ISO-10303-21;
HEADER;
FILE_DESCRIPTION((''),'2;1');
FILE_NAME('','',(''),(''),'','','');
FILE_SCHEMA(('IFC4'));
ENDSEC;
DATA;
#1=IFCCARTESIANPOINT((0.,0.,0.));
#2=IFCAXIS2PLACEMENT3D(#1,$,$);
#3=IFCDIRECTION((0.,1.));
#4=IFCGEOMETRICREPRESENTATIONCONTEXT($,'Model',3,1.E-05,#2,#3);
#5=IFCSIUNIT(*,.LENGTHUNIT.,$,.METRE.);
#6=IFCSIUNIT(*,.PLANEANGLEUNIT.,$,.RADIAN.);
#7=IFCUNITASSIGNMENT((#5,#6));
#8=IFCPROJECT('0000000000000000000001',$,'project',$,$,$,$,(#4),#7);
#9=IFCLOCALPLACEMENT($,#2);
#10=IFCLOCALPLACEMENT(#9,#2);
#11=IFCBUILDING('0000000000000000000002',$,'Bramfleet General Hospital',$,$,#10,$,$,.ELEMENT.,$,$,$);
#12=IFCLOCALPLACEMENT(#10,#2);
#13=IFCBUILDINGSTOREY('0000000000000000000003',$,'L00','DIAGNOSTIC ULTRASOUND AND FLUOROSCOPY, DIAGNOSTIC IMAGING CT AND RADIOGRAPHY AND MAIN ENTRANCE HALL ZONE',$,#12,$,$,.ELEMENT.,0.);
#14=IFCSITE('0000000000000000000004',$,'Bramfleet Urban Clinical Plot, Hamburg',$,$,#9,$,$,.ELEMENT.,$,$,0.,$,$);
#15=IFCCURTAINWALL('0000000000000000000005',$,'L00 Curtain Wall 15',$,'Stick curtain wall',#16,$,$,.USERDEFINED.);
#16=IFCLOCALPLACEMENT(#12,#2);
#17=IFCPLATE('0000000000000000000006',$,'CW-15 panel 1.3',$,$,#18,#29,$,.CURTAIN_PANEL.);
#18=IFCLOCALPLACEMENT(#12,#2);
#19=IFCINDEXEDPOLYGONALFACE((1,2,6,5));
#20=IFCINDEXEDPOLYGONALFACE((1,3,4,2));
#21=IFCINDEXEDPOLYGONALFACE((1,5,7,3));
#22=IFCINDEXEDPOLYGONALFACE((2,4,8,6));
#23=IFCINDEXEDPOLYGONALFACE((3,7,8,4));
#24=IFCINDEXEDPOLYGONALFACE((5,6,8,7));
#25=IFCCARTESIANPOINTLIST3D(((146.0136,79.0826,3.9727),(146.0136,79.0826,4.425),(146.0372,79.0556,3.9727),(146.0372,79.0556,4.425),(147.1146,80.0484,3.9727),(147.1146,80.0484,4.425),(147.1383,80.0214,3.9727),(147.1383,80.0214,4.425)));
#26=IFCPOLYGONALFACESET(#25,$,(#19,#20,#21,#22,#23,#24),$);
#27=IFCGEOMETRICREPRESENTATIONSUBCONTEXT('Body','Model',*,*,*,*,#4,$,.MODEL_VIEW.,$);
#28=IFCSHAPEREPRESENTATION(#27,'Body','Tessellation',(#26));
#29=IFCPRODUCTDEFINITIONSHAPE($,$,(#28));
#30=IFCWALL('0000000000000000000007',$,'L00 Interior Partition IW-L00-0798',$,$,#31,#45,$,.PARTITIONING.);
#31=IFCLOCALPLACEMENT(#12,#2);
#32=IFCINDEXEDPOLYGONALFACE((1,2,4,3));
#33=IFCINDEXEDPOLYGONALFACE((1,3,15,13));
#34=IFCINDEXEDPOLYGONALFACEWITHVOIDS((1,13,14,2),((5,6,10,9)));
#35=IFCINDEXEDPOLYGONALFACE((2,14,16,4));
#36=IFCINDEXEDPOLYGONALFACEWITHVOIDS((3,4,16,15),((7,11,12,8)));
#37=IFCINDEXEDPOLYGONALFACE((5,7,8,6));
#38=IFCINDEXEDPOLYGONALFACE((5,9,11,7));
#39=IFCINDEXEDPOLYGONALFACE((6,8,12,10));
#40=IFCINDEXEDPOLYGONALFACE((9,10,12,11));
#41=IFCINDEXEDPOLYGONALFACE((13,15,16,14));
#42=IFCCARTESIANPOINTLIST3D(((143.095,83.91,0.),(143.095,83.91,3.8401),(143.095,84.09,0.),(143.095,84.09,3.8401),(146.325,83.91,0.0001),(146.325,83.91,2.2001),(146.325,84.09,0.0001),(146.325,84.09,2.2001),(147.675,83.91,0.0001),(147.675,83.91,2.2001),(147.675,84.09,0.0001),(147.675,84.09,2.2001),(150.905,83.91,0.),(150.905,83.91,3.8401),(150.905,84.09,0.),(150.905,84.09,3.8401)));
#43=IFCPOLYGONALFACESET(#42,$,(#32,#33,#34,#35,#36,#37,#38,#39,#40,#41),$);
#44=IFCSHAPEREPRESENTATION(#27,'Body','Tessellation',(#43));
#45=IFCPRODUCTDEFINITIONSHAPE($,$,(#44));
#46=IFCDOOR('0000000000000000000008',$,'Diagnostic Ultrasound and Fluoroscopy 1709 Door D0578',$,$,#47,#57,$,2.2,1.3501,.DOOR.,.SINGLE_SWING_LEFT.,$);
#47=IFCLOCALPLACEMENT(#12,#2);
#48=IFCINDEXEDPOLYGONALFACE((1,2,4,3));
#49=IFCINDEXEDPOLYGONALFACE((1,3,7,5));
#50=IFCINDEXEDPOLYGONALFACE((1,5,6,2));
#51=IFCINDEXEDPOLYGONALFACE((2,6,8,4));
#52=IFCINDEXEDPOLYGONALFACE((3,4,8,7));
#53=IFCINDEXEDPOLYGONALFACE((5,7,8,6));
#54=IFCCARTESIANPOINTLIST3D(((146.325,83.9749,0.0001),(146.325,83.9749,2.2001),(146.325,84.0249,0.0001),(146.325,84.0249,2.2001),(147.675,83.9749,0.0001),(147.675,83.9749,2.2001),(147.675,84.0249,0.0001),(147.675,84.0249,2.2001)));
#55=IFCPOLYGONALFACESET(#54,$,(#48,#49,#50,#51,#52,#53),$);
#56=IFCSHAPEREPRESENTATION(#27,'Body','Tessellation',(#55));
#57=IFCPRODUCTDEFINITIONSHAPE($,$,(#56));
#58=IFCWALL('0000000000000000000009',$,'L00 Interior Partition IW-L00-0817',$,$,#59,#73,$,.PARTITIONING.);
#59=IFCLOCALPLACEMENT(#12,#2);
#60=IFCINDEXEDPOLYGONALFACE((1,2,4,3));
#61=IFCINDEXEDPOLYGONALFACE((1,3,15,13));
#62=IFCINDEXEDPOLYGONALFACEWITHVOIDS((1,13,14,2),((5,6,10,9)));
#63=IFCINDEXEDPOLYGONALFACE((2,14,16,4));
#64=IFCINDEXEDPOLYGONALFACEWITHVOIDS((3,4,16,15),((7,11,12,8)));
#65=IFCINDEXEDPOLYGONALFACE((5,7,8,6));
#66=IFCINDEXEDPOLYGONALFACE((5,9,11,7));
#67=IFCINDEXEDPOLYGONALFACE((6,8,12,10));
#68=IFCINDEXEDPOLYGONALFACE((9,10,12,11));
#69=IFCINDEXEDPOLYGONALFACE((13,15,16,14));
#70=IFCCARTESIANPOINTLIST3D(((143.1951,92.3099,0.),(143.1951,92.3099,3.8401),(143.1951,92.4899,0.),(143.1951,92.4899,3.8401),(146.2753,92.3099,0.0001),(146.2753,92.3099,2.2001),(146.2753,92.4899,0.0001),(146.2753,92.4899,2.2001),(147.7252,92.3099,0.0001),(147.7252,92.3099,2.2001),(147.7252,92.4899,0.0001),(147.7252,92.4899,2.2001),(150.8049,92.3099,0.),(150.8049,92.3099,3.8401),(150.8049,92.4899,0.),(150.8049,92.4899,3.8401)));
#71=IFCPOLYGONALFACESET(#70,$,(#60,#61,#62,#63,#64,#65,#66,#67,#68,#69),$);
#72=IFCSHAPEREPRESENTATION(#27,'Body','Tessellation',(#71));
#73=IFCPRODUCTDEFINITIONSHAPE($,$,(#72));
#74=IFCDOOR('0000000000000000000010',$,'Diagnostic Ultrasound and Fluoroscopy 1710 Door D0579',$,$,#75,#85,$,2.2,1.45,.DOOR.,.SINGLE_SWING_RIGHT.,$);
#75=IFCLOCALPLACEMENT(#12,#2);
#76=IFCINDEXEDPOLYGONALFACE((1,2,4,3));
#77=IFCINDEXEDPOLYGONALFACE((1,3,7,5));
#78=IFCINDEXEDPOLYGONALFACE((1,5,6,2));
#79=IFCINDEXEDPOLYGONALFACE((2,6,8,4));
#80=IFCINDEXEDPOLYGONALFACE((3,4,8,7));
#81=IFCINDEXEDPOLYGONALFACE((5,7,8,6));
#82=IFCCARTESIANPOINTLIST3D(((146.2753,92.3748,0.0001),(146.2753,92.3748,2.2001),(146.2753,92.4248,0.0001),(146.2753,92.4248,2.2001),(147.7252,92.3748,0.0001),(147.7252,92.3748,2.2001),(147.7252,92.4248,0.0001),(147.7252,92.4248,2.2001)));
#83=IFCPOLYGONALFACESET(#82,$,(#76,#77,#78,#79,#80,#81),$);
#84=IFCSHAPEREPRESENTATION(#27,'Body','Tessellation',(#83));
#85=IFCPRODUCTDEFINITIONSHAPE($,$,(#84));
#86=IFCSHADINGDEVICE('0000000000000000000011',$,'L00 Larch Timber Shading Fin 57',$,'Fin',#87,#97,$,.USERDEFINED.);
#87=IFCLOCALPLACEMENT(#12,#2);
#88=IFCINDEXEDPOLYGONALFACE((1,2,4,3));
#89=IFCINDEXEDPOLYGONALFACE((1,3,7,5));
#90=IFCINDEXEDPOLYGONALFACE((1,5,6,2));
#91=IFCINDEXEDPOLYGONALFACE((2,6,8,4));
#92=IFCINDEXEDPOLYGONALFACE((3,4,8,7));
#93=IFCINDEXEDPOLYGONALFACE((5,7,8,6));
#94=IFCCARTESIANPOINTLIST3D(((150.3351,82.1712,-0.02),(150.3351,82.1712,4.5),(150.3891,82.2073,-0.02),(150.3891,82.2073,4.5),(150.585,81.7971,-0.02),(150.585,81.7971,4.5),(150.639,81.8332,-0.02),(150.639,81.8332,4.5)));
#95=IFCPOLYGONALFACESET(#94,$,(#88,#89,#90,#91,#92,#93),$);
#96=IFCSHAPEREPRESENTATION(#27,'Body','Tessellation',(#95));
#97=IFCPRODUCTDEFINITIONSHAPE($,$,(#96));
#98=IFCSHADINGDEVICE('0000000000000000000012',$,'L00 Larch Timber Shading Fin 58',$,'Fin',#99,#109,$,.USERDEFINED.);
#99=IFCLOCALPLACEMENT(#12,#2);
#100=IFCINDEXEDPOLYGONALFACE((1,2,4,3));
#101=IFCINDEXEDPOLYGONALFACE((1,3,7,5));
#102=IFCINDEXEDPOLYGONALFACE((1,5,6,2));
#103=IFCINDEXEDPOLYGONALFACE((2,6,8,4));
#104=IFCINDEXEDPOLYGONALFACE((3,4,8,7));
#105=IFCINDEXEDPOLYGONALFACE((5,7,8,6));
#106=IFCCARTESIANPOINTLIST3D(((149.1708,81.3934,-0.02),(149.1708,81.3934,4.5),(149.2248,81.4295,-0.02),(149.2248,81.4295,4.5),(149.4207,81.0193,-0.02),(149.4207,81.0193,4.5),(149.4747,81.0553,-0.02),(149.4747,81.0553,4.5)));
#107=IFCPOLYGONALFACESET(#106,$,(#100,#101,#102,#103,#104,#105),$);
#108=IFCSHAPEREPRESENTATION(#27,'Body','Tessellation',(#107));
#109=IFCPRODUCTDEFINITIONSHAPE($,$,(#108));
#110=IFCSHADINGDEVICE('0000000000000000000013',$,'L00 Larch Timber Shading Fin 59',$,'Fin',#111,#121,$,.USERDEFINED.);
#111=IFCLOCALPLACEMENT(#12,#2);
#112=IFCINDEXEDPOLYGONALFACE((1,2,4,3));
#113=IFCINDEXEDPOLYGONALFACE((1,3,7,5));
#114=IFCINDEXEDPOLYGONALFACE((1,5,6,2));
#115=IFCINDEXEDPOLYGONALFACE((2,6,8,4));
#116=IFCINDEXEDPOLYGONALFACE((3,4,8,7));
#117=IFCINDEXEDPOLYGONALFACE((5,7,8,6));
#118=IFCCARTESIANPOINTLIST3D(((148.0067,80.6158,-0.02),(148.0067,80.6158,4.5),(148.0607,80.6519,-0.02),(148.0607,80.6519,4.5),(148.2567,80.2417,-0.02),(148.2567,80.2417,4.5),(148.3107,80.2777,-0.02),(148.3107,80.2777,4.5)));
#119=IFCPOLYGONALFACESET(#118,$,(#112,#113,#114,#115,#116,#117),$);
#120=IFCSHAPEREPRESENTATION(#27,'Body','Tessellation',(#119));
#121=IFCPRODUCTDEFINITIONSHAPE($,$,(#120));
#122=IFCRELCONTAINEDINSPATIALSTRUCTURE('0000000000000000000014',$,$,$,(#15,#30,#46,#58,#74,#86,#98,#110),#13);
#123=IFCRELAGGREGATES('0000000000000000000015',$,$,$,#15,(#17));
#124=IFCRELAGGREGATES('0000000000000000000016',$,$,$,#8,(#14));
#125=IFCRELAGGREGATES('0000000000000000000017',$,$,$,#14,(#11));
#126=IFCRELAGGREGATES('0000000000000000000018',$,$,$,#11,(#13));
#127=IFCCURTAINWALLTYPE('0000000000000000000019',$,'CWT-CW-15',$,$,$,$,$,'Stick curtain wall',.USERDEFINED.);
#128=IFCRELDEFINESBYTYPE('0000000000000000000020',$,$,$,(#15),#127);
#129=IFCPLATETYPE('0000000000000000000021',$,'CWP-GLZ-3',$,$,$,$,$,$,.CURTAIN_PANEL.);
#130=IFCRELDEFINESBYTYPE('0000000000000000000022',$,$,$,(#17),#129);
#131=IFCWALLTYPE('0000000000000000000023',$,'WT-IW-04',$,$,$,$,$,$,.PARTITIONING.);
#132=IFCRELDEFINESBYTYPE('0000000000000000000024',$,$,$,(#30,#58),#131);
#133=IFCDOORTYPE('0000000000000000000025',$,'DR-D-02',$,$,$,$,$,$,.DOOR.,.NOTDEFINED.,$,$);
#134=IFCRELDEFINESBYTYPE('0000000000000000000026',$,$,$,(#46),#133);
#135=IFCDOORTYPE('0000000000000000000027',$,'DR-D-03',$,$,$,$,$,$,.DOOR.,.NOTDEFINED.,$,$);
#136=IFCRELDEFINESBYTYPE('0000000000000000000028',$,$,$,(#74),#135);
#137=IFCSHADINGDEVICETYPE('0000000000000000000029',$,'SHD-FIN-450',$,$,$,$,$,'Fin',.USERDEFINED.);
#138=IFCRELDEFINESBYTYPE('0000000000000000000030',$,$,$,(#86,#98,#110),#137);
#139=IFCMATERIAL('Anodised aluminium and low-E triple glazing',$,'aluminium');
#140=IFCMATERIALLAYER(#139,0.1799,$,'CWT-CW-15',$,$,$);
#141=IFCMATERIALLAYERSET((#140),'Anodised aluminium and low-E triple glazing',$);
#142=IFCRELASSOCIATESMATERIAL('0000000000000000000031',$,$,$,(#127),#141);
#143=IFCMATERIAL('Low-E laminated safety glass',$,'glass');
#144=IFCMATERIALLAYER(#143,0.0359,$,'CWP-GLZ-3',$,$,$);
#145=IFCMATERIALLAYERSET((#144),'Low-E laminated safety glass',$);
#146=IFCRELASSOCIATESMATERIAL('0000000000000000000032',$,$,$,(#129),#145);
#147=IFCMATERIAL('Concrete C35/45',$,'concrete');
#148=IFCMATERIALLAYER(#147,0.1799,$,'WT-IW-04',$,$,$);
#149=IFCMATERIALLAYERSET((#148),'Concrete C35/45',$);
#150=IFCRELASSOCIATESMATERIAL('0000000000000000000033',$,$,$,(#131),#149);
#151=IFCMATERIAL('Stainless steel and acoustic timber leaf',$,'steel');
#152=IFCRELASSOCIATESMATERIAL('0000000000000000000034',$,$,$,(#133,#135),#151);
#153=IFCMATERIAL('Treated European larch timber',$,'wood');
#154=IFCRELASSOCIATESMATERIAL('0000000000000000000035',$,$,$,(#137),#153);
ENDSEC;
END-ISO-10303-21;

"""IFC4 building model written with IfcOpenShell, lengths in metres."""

from ifc_helpers import new_model, si_unit, direction, frame, frame_2d, origin, origin_2d, place, context, subcontext, project, spatial, rectangle, extrude, material, layer, layer_set, material_profile, profile_set, type_object, element, fill, aggregate, save


model = new_model("IFC4")

# Units and contexts
model_context = context("Model", 3, precision=1e-05, world=origin(), true_north=direction((0.0, 1.0)))
body_context = subcontext(model_context, "Body", "Model", "MODEL_VIEW")
ifc_project = project(units=[si_unit("LENGTHUNIT", "METRE"), si_unit("PLANEANGLEUNIT", "RADIAN")], contexts=[model_context])

# Site, building, storey
site_placement = place(None, origin())
site = spatial("IfcSite", under=ifc_project, at=site_placement, Name="Bramfleet Urban Clinical Plot, Hamburg", CompositionType="ELEMENT", RefElevation=0.0)
building_placement = place(site_placement, origin())
building = spatial("IfcBuilding", under=site, at=building_placement, Name="Bramfleet General Hospital", CompositionType="ELEMENT")
storey_placement = place(building_placement, origin())
storey = spatial("IfcBuildingStorey", under=building, at=storey_placement, Name="L00", Description="DIAGNOSTIC ULTRASOUND AND FLUOROSCOPY, DIAGNOSTIC IMAGING CT AND RADIOGRAPHY AND MAIN ENTRANCE HALL ZONE", CompositionType="ELEMENT", Elevation=0.0)

# Shared definitions
ifc_material_1 = material(Name="Concrete C35/45", Category="concrete")

# Shared definitions
ifc_material_2 = material(Name="Anodised aluminium and low-E triple glazing", Category="aluminium")

# Curtain wall
ifc_layer_1 = layer(ifc_material_2, 0.1799, Name="CWT-CW-15")
ifc_layer_set_1 = layer_set([ifc_layer_1], Name="Anodised aluminium and low-E triple glazing")
curtain_wall_type_1 = type_object("IfcCurtainWallType", Name="CWT-CW-15", ElementType="Stick curtain wall", PredefinedType="USERDEFINED", material=ifc_layer_set_1)
curtain_wall_1_placement = place(storey_placement, origin())
curtain_wall_1 = element("IfcCurtainWall", 1, at=curtain_wall_1_placement, inside=storey, type_object=curtain_wall_type_1, Name="L00 Curtain Wall 15", ObjectType="Stick curtain wall", PredefinedType="USERDEFINED")

# Plate
ifc_material_3 = material(Name="Low-E laminated safety glass", Category="glass")
ifc_layer_2 = layer(ifc_material_3, 0.0359, Name="CWP-GLZ-3")
ifc_layer_set_2 = layer_set([ifc_layer_2], Name="Low-E laminated safety glass")
plate_type_1 = type_object("IfcPlateType", Name="CWP-GLZ-3", PredefinedType="CURTAIN_PANEL", material=ifc_layer_set_2)
plate_1_placement = place(storey_placement, frame((146.5759, 79.552, 3.9727), z_axis=(0.0, 0.0, 1.0), x_axis=(-0.751787, -0.659406, 0.0)))
plate_1 = element("IfcPlate", 2, at=plate_1_placement, type_object=plate_type_1, Name="CW-15 panel 1.3", PredefinedType="CURTAIN_PANEL", context=body_context, shape_type="SweptSolid", body=[
    extrude(rectangle(XDim=1.4646, YDim=0.0359, at=origin_2d()), origin(), (0.0, 0.0, 1.0), 0.4524),
])
aggregate(curtain_wall_1, [plate_1])

# Walls, openings, doors
ifc_layer_3 = layer(ifc_material_1, 0.1799, Name="WT-IW-04")
ifc_layer_set_3 = layer_set([ifc_layer_3], Name="Concrete C35/45")
wall_type = type_object("IfcWallType", Name="WT-IW-04", PredefinedType="PARTITIONING", material=ifc_layer_set_3)
wall_1_placement = place(storey_placement, frame((143.095, 84.0, 0.0), z_axis=(0.0, 0.0, 1.0), x_axis=(1.0, 0.0, 0.0)))
wall_1 = element("IfcWall", 3, at=wall_1_placement, inside=storey, type_object=wall_type, Name="L00 Interior Partition IW-L00-0798", PredefinedType="PARTITIONING", context=body_context, shape_type="SweptSolid", body=[
    extrude(rectangle(XDim=7.8101, YDim=0.1799, at=frame_2d((3.905, 0.0))), origin(), (0.0, 0.0, 1.0), 3.8401),
])
opening_1_placement = place(wall_1_placement, frame((3.23, 0.0, 0.0)))
opening_1 = element("IfcOpeningElement", 4, at=opening_1_placement, cuts=wall_1, PredefinedType="OPENING", context=body_context, shape_type="SweptSolid", body=[
    extrude(rectangle(XDim=1.3501, YDim=2.2, at=frame_2d((0.675, 1.1001))), frame((0.0, 0.0999, 0.0), z_axis=(0.0, -1.0, 0.0), x_axis=(1.0, 0.0, 0.0)), (0.0, 0.0, 1.0), 0.2),
])
ifc_material_4 = material(Name="Stainless steel and acoustic timber leaf", Category="steel")
door_type_1 = type_object("IfcDoorType", Name="DR-D-02", OperationType="NOTDEFINED", PredefinedType="DOOR", material=ifc_material_4)
door_1_placement = place(opening_1_placement, origin())
door_1 = element("IfcDoor", 5, at=door_1_placement, inside=storey, type_object=door_type_1, Name="Diagnostic Ultrasound and Fluoroscopy 1709 Door D0578", OperationType="SINGLE_SWING_LEFT", OverallHeight=2.2, OverallWidth=1.3501, PredefinedType="DOOR", context=body_context, shape_type="SweptSolid", body=[
    extrude(rectangle(XDim=1.3501, YDim=2.2, at=frame_2d((0.675, 1.1001))), frame((0.0, 0.0249, 0.0), z_axis=(0.0, -1.0, 0.0), x_axis=(1.0, 0.0, 0.0)), (0.0, 0.0, 1.0), 0.05),
])
fill(opening_1, door_1)
wall_2_placement = place(storey_placement, frame((143.1951, 92.3999, 0.0), z_axis=(0.0, 0.0, 1.0), x_axis=(1.0, 0.0, 0.0)))
wall_2 = element("IfcWall", 6, at=wall_2_placement, inside=storey, type_object=wall_type, Name="L00 Interior Partition IW-L00-0817", PredefinedType="PARTITIONING", context=body_context, shape_type="SweptSolid", body=[
    extrude(rectangle(XDim=7.6099, YDim=0.1799, at=frame_2d((3.8049, 0.0))), origin(), (0.0, 0.0, 1.0), 3.8401),
])
opening_2_placement = place(wall_2_placement, frame((3.0801, 0.0, 0.0)))
opening_2 = element("IfcOpeningElement", 7, at=opening_2_placement, cuts=wall_2, PredefinedType="OPENING", context=body_context, shape_type="SweptSolid", body=[
    extrude(rectangle(XDim=1.45, YDim=2.2, at=frame_2d((0.7251, 1.1001))), frame((0.0, 0.0999, 0.0), z_axis=(0.0, -1.0, 0.0), x_axis=(1.0, 0.0, 0.0)), (0.0, 0.0, 1.0), 0.2),
])
door_type_2 = type_object("IfcDoorType", Name="DR-D-03", OperationType="NOTDEFINED", PredefinedType="DOOR", material=ifc_material_4)
door_2_placement = place(opening_2_placement, origin())
door_2 = element("IfcDoor", 8, at=door_2_placement, inside=storey, type_object=door_type_2, Name="Diagnostic Ultrasound and Fluoroscopy 1710 Door D0579", OperationType="SINGLE_SWING_RIGHT", OverallHeight=2.2, OverallWidth=1.45, PredefinedType="DOOR", context=body_context, shape_type="SweptSolid", body=[
    extrude(rectangle(XDim=1.45, YDim=2.2, at=frame_2d((0.7251, 1.1001))), frame((0.0, 0.0249, 0.0), z_axis=(0.0, -1.0, 0.0), x_axis=(1.0, 0.0, 0.0)), (0.0, 0.0, 1.0), 0.05),
])
fill(opening_2, door_2)

# Shading devices
ifc_material_5 = material(Name="Treated European larch timber", Category="wood")
ifc_material_profile_1 = material_profile(ifc_material_5, rectangle(XDim=0.0649, YDim=0.45, at=origin_2d()), Name="LARCH FIN 450x65")
ifc_profile_set_1 = profile_set([ifc_material_profile_1], Name="Treated European larch timber")
shading_device_type = type_object("IfcShadingDeviceType", Name="SHD-FIN-450", ElementType="Fin", PredefinedType="USERDEFINED", material=ifc_profile_set_1)
for number, where, z_axis, x_axis, name in (
    (9, (150.4871, 82.0022, -0.02), (0.0, 0.0, 1.0), (-0.831541, -0.555464, 0.0), "L00 Larch Timber Shading Fin 57"),
    (10, (149.3228, 81.2244, -0.02), (0.0, 0.0, 1.0), (-0.831541, -0.555464, 0.0), "L00 Larch Timber Shading Fin 58"),
    (11, (148.1587, 80.4468, -0.02), (0.0, 0.0, 1.0), (-0.831541, -0.555464, 0.0), "L00 Larch Timber Shading Fin 59"),
):
    element("IfcShadingDevice", number, at=place(storey_placement, frame(where, z_axis=z_axis, x_axis=x_axis)), inside=storey, type_object=shading_device_type, Name=name, ObjectType="Fin", PredefinedType="USERDEFINED", context=body_context, shape_type="SweptSolid", body=[
        extrude(rectangle(XDim=0.0649, YDim=0.45, at=origin_2d()), origin(), (0.0, 0.0, 1.0), 4.52),
    ])

save(model, "model.ifc")
